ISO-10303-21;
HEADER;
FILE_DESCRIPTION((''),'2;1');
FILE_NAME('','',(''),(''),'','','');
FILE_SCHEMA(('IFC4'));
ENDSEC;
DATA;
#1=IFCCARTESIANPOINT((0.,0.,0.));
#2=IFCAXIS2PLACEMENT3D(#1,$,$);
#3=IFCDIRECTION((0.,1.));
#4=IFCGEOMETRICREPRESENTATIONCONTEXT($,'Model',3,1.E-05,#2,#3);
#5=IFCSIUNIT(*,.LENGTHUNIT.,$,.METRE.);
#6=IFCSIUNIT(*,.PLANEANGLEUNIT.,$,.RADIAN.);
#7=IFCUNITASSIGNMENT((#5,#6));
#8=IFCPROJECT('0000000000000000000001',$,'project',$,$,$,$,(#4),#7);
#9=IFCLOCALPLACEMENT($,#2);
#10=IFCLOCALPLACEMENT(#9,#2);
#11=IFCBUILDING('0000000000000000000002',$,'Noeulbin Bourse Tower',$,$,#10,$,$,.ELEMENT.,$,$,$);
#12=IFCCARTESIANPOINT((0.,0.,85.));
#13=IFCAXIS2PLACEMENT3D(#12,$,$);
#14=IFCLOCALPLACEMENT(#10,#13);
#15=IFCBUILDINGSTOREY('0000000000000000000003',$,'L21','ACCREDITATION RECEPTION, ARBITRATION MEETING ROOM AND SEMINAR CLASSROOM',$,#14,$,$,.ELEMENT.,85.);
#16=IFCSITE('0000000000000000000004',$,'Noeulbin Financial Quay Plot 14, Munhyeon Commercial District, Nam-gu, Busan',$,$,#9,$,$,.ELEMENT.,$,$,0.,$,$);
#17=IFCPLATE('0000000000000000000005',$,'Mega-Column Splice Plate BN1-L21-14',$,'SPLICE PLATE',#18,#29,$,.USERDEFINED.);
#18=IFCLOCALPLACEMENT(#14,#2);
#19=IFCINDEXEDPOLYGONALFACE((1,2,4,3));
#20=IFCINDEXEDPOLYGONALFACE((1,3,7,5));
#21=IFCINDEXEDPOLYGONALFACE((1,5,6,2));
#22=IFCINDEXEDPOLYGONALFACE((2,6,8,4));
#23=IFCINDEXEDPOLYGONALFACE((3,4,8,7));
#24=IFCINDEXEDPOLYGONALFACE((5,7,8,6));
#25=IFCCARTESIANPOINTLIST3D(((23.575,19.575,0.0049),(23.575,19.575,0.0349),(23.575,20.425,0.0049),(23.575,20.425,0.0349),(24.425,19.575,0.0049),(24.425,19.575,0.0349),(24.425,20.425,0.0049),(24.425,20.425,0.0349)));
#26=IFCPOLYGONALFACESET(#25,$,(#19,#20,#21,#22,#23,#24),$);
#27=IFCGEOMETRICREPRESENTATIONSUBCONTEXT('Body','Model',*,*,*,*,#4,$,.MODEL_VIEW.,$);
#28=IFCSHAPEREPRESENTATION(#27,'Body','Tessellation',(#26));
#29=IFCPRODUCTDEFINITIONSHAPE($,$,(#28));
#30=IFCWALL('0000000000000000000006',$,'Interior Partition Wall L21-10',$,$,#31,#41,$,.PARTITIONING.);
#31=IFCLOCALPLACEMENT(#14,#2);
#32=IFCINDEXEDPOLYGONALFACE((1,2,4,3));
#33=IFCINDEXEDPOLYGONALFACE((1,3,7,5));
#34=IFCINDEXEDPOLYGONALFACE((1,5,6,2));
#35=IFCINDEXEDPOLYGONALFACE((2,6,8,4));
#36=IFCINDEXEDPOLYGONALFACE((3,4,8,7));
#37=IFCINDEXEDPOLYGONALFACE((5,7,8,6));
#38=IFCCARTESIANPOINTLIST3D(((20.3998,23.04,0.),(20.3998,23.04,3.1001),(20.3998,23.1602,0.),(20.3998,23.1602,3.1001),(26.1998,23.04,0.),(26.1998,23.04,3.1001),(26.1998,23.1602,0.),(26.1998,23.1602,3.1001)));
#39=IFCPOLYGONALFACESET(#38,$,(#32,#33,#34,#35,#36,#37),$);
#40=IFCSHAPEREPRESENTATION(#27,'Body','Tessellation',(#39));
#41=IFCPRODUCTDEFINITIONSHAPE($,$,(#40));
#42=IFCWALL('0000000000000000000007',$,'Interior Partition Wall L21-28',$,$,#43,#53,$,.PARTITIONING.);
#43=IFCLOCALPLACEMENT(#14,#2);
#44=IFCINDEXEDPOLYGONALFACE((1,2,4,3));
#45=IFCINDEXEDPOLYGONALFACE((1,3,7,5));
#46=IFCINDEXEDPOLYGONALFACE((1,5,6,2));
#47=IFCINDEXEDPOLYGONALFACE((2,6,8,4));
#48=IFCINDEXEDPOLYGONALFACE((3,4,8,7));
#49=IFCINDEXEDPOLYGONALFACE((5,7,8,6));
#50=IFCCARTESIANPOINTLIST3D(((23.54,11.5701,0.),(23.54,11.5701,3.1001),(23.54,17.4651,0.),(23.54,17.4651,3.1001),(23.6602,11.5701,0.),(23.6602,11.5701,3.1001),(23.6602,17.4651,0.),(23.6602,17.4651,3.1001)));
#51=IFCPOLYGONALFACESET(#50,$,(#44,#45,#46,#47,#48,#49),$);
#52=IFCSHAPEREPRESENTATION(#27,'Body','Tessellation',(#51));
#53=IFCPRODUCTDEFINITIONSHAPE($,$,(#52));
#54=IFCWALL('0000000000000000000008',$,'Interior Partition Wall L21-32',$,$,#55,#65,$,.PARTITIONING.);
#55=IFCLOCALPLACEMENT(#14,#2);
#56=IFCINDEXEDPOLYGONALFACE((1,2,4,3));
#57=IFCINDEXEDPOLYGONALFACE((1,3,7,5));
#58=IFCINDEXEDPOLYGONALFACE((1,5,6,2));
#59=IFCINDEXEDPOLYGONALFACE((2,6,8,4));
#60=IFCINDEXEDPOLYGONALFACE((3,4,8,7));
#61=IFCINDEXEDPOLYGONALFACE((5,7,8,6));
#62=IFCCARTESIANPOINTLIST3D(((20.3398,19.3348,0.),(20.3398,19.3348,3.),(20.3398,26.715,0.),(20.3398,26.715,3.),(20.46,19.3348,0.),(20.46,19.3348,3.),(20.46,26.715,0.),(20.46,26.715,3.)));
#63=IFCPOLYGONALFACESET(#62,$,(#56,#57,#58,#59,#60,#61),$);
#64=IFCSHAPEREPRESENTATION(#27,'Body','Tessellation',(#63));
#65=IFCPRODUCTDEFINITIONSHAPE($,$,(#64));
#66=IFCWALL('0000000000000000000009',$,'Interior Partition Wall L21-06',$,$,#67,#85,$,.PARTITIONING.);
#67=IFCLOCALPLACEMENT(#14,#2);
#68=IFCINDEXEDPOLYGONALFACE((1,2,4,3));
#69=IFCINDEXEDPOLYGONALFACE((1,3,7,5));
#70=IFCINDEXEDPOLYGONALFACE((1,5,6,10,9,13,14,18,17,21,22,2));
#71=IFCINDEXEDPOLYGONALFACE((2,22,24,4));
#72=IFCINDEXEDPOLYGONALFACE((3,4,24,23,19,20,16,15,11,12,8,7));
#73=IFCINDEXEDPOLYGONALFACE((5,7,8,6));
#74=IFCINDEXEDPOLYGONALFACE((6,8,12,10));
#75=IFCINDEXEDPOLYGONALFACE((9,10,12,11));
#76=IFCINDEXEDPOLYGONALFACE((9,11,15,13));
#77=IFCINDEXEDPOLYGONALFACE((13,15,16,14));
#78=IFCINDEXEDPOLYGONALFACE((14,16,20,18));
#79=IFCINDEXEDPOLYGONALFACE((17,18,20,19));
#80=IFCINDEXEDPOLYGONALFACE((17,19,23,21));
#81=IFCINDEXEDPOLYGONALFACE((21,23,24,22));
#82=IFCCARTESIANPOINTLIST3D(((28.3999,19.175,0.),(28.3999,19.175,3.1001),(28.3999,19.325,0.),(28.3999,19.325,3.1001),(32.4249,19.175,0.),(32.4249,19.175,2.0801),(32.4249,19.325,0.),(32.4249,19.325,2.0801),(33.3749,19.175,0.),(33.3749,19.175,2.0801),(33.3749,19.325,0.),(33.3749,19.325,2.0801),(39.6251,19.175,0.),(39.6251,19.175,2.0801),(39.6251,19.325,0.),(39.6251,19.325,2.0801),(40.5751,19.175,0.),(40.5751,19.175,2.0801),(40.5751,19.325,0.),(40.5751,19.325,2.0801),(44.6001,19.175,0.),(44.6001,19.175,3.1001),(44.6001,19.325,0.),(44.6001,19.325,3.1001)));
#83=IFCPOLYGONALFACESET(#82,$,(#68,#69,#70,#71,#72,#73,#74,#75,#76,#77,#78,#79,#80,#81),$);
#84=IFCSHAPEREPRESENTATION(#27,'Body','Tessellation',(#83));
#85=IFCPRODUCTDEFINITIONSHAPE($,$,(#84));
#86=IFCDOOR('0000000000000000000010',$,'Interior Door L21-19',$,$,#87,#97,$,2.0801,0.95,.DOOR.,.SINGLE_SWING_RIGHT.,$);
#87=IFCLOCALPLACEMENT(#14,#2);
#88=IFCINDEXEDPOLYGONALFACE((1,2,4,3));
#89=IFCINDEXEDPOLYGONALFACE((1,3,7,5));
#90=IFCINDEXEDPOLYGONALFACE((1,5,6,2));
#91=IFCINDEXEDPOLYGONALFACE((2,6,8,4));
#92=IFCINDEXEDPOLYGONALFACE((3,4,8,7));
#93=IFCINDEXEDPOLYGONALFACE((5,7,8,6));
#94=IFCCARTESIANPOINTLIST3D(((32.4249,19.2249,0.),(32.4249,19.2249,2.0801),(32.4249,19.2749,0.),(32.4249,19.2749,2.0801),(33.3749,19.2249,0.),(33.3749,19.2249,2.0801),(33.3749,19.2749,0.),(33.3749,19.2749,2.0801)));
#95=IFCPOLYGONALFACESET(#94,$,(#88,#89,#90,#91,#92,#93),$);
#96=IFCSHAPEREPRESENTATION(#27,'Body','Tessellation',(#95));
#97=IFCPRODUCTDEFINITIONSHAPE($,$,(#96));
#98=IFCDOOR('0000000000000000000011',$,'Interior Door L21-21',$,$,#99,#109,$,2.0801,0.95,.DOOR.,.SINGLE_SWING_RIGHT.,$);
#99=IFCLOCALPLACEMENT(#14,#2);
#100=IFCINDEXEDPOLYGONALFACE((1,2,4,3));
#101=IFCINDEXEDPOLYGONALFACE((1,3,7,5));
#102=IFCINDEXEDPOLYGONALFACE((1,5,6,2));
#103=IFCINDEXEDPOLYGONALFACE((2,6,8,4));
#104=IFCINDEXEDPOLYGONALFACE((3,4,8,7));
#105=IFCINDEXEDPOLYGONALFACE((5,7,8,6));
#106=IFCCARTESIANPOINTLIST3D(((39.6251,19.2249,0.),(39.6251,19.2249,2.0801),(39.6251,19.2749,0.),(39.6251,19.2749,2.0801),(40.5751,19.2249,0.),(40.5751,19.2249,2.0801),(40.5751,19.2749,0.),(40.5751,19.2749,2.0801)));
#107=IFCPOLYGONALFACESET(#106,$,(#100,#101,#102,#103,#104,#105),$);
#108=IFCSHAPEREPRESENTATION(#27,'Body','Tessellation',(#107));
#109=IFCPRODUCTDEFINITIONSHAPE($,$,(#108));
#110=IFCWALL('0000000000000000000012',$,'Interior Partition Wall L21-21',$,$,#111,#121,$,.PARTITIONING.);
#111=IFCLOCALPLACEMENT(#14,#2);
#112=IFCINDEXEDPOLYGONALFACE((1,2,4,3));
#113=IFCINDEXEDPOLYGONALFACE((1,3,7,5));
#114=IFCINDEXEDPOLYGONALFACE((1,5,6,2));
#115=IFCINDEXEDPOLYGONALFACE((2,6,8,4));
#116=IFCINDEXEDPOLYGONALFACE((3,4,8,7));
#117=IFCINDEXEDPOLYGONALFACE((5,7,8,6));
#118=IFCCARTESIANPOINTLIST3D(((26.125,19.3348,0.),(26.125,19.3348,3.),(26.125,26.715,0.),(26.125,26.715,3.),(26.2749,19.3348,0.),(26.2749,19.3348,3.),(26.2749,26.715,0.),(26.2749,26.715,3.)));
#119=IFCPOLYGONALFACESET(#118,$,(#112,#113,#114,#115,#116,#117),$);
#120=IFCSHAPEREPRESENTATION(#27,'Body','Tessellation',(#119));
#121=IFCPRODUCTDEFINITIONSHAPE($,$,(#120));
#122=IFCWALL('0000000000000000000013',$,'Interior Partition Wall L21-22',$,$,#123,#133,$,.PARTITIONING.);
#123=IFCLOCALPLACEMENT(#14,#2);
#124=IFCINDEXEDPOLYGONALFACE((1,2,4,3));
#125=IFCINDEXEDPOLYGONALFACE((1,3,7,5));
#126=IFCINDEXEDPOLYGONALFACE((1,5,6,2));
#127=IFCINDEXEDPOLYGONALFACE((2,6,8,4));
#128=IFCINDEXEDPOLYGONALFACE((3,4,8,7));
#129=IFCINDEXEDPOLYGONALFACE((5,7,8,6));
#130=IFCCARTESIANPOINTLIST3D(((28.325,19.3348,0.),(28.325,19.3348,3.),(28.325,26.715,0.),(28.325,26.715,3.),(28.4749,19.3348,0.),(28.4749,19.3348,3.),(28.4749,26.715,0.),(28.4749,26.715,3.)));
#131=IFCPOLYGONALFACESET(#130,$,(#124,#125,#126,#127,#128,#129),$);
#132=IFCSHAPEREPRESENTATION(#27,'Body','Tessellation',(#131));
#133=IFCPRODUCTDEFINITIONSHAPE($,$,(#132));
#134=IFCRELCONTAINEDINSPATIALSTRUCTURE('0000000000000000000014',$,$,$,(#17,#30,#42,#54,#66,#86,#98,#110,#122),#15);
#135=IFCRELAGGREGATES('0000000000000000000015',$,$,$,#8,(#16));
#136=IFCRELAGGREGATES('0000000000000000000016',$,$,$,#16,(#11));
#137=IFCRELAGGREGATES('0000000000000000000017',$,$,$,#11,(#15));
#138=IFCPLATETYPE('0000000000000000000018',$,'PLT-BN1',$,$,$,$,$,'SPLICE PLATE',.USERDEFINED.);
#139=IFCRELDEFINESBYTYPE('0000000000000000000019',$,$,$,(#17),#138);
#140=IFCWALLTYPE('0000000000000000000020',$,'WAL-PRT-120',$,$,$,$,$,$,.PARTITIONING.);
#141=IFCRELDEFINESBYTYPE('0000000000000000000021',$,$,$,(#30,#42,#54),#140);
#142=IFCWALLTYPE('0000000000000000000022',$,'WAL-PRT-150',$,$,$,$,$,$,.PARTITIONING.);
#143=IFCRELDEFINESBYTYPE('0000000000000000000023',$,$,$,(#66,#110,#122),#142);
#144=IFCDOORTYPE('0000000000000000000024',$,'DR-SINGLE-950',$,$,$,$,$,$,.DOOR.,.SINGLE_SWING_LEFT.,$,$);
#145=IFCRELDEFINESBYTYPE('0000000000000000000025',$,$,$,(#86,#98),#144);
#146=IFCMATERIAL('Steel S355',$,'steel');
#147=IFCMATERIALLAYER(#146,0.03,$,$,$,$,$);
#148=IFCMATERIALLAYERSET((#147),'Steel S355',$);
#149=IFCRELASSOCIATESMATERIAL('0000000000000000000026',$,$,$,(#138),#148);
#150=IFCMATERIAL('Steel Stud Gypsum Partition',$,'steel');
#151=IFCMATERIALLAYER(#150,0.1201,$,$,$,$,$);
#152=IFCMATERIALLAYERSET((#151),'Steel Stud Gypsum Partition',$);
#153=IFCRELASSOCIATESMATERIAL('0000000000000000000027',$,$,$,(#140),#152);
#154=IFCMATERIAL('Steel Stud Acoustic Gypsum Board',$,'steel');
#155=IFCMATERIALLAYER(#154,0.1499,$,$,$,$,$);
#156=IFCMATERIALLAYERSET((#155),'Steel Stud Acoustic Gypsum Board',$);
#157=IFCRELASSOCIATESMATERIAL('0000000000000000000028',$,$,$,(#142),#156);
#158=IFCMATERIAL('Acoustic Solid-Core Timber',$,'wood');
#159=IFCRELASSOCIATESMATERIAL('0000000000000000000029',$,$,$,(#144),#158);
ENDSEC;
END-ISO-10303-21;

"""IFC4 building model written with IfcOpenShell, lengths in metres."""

from ifc_helpers import new_model, si_unit, direction, frame, frame_2d, origin, origin_2d, place, context, subcontext, project, spatial, rectangle, extrude, material, layer, layer_set, type_object, element, fill, save


model = new_model("IFC4")

# Units and contexts
model_context = context("Model", 3, precision=1e-05, world=origin(), true_north=direction((0.0, 1.0)))
body_context = subcontext(model_context, "Body", "Model", "MODEL_VIEW")
ifc_project = project(units=[si_unit("LENGTHUNIT", "METRE"), si_unit("PLANEANGLEUNIT", "RADIAN")], contexts=[model_context])

# Site, building, storey
site_placement = place(None, origin())
site = spatial("IfcSite", under=ifc_project, at=site_placement, Name="Noeulbin Financial Quay Plot 14, Munhyeon Commercial District, Nam-gu, Busan", CompositionType="ELEMENT", RefElevation=0.0)
building_placement = place(site_placement, origin())
building = spatial("IfcBuilding", under=site, at=building_placement, Name="Noeulbin Bourse Tower", CompositionType="ELEMENT")
storey_placement = place(building_placement, frame((0.0, 0.0, 85.0)))
storey = spatial("IfcBuildingStorey", under=building, at=storey_placement, Name="L21", Description="ACCREDITATION RECEPTION, ARBITRATION MEETING ROOM AND SEMINAR CLASSROOM", CompositionType="ELEMENT", Elevation=85.0)

# Shared definitions
ifc_material_1 = material(Name="Steel S355", Category="steel")

# Plate
ifc_layer_1 = layer(ifc_material_1, 0.03)
ifc_layer_set_1 = layer_set([ifc_layer_1], Name="Steel S355")
plate_type_1 = type_object("IfcPlateType", Name="PLT-BN1", ElementType="SPLICE PLATE", PredefinedType="USERDEFINED", material=ifc_layer_set_1)
plate_1_placement = place(storey_placement, frame((24.0, 20.0, 0.0049), z_axis=(0.0, 0.0, 1.0), x_axis=(1.0, 0.0, 0.0)))
element("IfcPlate", 1, at=plate_1_placement, inside=storey, type_object=plate_type_1, Name="Mega-Column Splice Plate BN1-L21-14", ObjectType="SPLICE PLATE", PredefinedType="USERDEFINED", context=body_context, shape_type="SweptSolid", body=[
    extrude(rectangle(XDim=0.8501, YDim=0.8501, at=origin_2d()), origin(), (0.0, 0.0, 1.0), 0.03),
])

# Walls
ifc_material_2 = material(Name="Steel Stud Gypsum Partition", Category="steel")
ifc_layer_2 = layer(ifc_material_2, 0.1201)
ifc_layer_set_2 = layer_set([ifc_layer_2], Name="Steel Stud Gypsum Partition")
wall_type_1 = type_object("IfcWallType", Name="WAL-PRT-120", PredefinedType="PARTITIONING", material=ifc_layer_set_2)
wall_1_placement = place(storey_placement, frame((20.3999, 23.1001, 0.0), z_axis=(0.0, 0.0, 1.0), x_axis=(1.0, 0.0, 0.0)))
element("IfcWall", 2, at=wall_1_placement, inside=storey, type_object=wall_type_1, Name="Interior Partition Wall L21-10", PredefinedType="PARTITIONING", context=body_context, shape_type="SweptSolid", body=[
    extrude(rectangle(XDim=5.8, YDim=0.1201, at=frame_2d((2.8999, 0.0))), origin(), (0.0, 0.0, 1.0), 3.1001),
])
wall_2_placement = place(storey_placement, frame((23.6001, 11.5701, 0.0), z_axis=(0.0, 0.0, 1.0), x_axis=(0.0, 1.0, 0.0)))
element("IfcWall", 3, at=wall_2_placement, inside=storey, type_object=wall_type_1, Name="Interior Partition Wall L21-28", PredefinedType="PARTITIONING", context=body_context, shape_type="SweptSolid", body=[
    extrude(rectangle(XDim=5.895, YDim=0.1201, at=frame_2d((2.9475, 0.0))), origin(), (0.0, 0.0, 1.0), 3.1001),
])
wall_3_placement = place(storey_placement, frame((20.3999, 19.335, 0.0), z_axis=(0.0, 0.0, 1.0), x_axis=(0.0, 1.0, 0.0)))
element("IfcWall", 4, at=wall_3_placement, inside=storey, type_object=wall_type_1, Name="Interior Partition Wall L21-32", PredefinedType="PARTITIONING", context=body_context, shape_type="SweptSolid", body=[
    extrude(rectangle(XDim=7.3801, YDim=0.1201, at=frame_2d((3.6899, 0.0))), origin(), (0.0, 0.0, 1.0), 3.0),
])

# Wall, openings, doors
ifc_material_3 = material(Name="Steel Stud Acoustic Gypsum Board", Category="steel")
ifc_layer_3 = layer(ifc_material_3, 0.1499)
ifc_layer_set_3 = layer_set([ifc_layer_3], Name="Steel Stud Acoustic Gypsum Board")
wall_type_2 = type_object("IfcWallType", Name="WAL-PRT-150", PredefinedType="PARTITIONING", material=ifc_layer_set_3)
wall_4_placement = place(storey_placement, frame((28.3999, 19.25, 0.0), z_axis=(0.0, 0.0, 1.0), x_axis=(1.0, 0.0, 0.0)))
wall_4 = element("IfcWall", 5, at=wall_4_placement, inside=storey, type_object=wall_type_2, Name="Interior Partition Wall L21-06", PredefinedType="PARTITIONING", context=body_context, shape_type="SweptSolid", body=[
    extrude(rectangle(XDim=16.2002, YDim=0.1499, at=frame_2d((8.1001, 0.0))), origin(), (0.0, 0.0, 1.0), 3.1001),
])
opening_1_placement = place(wall_4_placement, frame((4.0249, 0.0, 0.0)))
opening_1 = element("IfcOpeningElement", 6, at=opening_1_placement, cuts=wall_4, PredefinedType="OPENING", context=body_context, shape_type="SweptSolid", body=[
    extrude(rectangle(XDim=0.95, YDim=2.0801, at=frame_2d((0.4751, 1.04))), frame((0.0, 0.085, 0.0), z_axis=(0.0, -1.0, 0.0), x_axis=(1.0, 0.0, 0.0)), (0.0, 0.0, 1.0), 0.1699),
])
opening_2_placement = place(wall_4_placement, frame((11.2251, 0.0, 0.0)))
opening_2 = element("IfcOpeningElement", 7, at=opening_2_placement, cuts=wall_4, PredefinedType="OPENING", context=body_context, shape_type="SweptSolid", body=[
    extrude(rectangle(XDim=0.95, YDim=2.0801, at=frame_2d((0.4751, 1.04))), frame((0.0, 0.085, 0.0), z_axis=(0.0, -1.0, 0.0), x_axis=(1.0, 0.0, 0.0)), (0.0, 0.0, 1.0), 0.1699),
])
ifc_material_4 = material(Name="Acoustic Solid-Core Timber", Category="wood")
door_type = type_object("IfcDoorType", Name="DR-SINGLE-950", OperationType="SINGLE_SWING_LEFT", PredefinedType="DOOR", material=ifc_material_4)
door_1_placement = place(opening_1_placement, origin())
door_1 = element("IfcDoor", 8, at=door_1_placement, inside=storey, type_object=door_type, Name="Interior Door L21-19", OperationType="SINGLE_SWING_RIGHT", OverallHeight=2.0801, OverallWidth=0.95, PredefinedType="DOOR", context=body_context, shape_type="SweptSolid", body=[
    extrude(rectangle(XDim=0.95, YDim=2.0801, at=frame_2d((0.4751, 1.04))), frame((0.0, 0.0249, 0.0), z_axis=(0.0, -1.0, 0.0), x_axis=(1.0, 0.0, 0.0)), (0.0, 0.0, 1.0), 0.05),
])
fill(opening_1, door_1)
door_2_placement = place(opening_2_placement, origin())
door_2 = element("IfcDoor", 9, at=door_2_placement, inside=storey, type_object=door_type, Name="Interior Door L21-21", OperationType="SINGLE_SWING_RIGHT", OverallHeight=2.0801, OverallWidth=0.95, PredefinedType="DOOR", context=body_context, shape_type="SweptSolid", body=[
    extrude(rectangle(XDim=0.95, YDim=2.0801, at=frame_2d((0.4751, 1.04))), frame((0.0, 0.0249, 0.0), z_axis=(0.0, -1.0, 0.0), x_axis=(1.0, 0.0, 0.0)), (0.0, 0.0, 1.0), 0.05),
])
fill(opening_2, door_2)

# Walls
for number, where, z_axis, x_axis, name in (
    (10, (26.2, 19.335, 0.0), (0.0, 0.0, 1.0), (0.0, 1.0, 0.0), "Interior Partition Wall L21-21"),
    (11, (28.3999, 19.335, 0.0), (0.0, 0.0, 1.0), (0.0, 1.0, 0.0), "Interior Partition Wall L21-22"),
):
    element("IfcWall", number, at=place(storey_placement, frame(where, z_axis=z_axis, x_axis=x_axis)), inside=storey, type_object=wall_type_2, Name=name, PredefinedType="PARTITIONING", context=body_context, shape_type="SweptSolid", body=[
        extrude(rectangle(XDim=7.3801, YDim=0.1499, at=frame_2d((3.6899, 0.0))), origin(), (0.0, 0.0, 1.0), 3.0),
    ])

save(model, "model.ifc")
